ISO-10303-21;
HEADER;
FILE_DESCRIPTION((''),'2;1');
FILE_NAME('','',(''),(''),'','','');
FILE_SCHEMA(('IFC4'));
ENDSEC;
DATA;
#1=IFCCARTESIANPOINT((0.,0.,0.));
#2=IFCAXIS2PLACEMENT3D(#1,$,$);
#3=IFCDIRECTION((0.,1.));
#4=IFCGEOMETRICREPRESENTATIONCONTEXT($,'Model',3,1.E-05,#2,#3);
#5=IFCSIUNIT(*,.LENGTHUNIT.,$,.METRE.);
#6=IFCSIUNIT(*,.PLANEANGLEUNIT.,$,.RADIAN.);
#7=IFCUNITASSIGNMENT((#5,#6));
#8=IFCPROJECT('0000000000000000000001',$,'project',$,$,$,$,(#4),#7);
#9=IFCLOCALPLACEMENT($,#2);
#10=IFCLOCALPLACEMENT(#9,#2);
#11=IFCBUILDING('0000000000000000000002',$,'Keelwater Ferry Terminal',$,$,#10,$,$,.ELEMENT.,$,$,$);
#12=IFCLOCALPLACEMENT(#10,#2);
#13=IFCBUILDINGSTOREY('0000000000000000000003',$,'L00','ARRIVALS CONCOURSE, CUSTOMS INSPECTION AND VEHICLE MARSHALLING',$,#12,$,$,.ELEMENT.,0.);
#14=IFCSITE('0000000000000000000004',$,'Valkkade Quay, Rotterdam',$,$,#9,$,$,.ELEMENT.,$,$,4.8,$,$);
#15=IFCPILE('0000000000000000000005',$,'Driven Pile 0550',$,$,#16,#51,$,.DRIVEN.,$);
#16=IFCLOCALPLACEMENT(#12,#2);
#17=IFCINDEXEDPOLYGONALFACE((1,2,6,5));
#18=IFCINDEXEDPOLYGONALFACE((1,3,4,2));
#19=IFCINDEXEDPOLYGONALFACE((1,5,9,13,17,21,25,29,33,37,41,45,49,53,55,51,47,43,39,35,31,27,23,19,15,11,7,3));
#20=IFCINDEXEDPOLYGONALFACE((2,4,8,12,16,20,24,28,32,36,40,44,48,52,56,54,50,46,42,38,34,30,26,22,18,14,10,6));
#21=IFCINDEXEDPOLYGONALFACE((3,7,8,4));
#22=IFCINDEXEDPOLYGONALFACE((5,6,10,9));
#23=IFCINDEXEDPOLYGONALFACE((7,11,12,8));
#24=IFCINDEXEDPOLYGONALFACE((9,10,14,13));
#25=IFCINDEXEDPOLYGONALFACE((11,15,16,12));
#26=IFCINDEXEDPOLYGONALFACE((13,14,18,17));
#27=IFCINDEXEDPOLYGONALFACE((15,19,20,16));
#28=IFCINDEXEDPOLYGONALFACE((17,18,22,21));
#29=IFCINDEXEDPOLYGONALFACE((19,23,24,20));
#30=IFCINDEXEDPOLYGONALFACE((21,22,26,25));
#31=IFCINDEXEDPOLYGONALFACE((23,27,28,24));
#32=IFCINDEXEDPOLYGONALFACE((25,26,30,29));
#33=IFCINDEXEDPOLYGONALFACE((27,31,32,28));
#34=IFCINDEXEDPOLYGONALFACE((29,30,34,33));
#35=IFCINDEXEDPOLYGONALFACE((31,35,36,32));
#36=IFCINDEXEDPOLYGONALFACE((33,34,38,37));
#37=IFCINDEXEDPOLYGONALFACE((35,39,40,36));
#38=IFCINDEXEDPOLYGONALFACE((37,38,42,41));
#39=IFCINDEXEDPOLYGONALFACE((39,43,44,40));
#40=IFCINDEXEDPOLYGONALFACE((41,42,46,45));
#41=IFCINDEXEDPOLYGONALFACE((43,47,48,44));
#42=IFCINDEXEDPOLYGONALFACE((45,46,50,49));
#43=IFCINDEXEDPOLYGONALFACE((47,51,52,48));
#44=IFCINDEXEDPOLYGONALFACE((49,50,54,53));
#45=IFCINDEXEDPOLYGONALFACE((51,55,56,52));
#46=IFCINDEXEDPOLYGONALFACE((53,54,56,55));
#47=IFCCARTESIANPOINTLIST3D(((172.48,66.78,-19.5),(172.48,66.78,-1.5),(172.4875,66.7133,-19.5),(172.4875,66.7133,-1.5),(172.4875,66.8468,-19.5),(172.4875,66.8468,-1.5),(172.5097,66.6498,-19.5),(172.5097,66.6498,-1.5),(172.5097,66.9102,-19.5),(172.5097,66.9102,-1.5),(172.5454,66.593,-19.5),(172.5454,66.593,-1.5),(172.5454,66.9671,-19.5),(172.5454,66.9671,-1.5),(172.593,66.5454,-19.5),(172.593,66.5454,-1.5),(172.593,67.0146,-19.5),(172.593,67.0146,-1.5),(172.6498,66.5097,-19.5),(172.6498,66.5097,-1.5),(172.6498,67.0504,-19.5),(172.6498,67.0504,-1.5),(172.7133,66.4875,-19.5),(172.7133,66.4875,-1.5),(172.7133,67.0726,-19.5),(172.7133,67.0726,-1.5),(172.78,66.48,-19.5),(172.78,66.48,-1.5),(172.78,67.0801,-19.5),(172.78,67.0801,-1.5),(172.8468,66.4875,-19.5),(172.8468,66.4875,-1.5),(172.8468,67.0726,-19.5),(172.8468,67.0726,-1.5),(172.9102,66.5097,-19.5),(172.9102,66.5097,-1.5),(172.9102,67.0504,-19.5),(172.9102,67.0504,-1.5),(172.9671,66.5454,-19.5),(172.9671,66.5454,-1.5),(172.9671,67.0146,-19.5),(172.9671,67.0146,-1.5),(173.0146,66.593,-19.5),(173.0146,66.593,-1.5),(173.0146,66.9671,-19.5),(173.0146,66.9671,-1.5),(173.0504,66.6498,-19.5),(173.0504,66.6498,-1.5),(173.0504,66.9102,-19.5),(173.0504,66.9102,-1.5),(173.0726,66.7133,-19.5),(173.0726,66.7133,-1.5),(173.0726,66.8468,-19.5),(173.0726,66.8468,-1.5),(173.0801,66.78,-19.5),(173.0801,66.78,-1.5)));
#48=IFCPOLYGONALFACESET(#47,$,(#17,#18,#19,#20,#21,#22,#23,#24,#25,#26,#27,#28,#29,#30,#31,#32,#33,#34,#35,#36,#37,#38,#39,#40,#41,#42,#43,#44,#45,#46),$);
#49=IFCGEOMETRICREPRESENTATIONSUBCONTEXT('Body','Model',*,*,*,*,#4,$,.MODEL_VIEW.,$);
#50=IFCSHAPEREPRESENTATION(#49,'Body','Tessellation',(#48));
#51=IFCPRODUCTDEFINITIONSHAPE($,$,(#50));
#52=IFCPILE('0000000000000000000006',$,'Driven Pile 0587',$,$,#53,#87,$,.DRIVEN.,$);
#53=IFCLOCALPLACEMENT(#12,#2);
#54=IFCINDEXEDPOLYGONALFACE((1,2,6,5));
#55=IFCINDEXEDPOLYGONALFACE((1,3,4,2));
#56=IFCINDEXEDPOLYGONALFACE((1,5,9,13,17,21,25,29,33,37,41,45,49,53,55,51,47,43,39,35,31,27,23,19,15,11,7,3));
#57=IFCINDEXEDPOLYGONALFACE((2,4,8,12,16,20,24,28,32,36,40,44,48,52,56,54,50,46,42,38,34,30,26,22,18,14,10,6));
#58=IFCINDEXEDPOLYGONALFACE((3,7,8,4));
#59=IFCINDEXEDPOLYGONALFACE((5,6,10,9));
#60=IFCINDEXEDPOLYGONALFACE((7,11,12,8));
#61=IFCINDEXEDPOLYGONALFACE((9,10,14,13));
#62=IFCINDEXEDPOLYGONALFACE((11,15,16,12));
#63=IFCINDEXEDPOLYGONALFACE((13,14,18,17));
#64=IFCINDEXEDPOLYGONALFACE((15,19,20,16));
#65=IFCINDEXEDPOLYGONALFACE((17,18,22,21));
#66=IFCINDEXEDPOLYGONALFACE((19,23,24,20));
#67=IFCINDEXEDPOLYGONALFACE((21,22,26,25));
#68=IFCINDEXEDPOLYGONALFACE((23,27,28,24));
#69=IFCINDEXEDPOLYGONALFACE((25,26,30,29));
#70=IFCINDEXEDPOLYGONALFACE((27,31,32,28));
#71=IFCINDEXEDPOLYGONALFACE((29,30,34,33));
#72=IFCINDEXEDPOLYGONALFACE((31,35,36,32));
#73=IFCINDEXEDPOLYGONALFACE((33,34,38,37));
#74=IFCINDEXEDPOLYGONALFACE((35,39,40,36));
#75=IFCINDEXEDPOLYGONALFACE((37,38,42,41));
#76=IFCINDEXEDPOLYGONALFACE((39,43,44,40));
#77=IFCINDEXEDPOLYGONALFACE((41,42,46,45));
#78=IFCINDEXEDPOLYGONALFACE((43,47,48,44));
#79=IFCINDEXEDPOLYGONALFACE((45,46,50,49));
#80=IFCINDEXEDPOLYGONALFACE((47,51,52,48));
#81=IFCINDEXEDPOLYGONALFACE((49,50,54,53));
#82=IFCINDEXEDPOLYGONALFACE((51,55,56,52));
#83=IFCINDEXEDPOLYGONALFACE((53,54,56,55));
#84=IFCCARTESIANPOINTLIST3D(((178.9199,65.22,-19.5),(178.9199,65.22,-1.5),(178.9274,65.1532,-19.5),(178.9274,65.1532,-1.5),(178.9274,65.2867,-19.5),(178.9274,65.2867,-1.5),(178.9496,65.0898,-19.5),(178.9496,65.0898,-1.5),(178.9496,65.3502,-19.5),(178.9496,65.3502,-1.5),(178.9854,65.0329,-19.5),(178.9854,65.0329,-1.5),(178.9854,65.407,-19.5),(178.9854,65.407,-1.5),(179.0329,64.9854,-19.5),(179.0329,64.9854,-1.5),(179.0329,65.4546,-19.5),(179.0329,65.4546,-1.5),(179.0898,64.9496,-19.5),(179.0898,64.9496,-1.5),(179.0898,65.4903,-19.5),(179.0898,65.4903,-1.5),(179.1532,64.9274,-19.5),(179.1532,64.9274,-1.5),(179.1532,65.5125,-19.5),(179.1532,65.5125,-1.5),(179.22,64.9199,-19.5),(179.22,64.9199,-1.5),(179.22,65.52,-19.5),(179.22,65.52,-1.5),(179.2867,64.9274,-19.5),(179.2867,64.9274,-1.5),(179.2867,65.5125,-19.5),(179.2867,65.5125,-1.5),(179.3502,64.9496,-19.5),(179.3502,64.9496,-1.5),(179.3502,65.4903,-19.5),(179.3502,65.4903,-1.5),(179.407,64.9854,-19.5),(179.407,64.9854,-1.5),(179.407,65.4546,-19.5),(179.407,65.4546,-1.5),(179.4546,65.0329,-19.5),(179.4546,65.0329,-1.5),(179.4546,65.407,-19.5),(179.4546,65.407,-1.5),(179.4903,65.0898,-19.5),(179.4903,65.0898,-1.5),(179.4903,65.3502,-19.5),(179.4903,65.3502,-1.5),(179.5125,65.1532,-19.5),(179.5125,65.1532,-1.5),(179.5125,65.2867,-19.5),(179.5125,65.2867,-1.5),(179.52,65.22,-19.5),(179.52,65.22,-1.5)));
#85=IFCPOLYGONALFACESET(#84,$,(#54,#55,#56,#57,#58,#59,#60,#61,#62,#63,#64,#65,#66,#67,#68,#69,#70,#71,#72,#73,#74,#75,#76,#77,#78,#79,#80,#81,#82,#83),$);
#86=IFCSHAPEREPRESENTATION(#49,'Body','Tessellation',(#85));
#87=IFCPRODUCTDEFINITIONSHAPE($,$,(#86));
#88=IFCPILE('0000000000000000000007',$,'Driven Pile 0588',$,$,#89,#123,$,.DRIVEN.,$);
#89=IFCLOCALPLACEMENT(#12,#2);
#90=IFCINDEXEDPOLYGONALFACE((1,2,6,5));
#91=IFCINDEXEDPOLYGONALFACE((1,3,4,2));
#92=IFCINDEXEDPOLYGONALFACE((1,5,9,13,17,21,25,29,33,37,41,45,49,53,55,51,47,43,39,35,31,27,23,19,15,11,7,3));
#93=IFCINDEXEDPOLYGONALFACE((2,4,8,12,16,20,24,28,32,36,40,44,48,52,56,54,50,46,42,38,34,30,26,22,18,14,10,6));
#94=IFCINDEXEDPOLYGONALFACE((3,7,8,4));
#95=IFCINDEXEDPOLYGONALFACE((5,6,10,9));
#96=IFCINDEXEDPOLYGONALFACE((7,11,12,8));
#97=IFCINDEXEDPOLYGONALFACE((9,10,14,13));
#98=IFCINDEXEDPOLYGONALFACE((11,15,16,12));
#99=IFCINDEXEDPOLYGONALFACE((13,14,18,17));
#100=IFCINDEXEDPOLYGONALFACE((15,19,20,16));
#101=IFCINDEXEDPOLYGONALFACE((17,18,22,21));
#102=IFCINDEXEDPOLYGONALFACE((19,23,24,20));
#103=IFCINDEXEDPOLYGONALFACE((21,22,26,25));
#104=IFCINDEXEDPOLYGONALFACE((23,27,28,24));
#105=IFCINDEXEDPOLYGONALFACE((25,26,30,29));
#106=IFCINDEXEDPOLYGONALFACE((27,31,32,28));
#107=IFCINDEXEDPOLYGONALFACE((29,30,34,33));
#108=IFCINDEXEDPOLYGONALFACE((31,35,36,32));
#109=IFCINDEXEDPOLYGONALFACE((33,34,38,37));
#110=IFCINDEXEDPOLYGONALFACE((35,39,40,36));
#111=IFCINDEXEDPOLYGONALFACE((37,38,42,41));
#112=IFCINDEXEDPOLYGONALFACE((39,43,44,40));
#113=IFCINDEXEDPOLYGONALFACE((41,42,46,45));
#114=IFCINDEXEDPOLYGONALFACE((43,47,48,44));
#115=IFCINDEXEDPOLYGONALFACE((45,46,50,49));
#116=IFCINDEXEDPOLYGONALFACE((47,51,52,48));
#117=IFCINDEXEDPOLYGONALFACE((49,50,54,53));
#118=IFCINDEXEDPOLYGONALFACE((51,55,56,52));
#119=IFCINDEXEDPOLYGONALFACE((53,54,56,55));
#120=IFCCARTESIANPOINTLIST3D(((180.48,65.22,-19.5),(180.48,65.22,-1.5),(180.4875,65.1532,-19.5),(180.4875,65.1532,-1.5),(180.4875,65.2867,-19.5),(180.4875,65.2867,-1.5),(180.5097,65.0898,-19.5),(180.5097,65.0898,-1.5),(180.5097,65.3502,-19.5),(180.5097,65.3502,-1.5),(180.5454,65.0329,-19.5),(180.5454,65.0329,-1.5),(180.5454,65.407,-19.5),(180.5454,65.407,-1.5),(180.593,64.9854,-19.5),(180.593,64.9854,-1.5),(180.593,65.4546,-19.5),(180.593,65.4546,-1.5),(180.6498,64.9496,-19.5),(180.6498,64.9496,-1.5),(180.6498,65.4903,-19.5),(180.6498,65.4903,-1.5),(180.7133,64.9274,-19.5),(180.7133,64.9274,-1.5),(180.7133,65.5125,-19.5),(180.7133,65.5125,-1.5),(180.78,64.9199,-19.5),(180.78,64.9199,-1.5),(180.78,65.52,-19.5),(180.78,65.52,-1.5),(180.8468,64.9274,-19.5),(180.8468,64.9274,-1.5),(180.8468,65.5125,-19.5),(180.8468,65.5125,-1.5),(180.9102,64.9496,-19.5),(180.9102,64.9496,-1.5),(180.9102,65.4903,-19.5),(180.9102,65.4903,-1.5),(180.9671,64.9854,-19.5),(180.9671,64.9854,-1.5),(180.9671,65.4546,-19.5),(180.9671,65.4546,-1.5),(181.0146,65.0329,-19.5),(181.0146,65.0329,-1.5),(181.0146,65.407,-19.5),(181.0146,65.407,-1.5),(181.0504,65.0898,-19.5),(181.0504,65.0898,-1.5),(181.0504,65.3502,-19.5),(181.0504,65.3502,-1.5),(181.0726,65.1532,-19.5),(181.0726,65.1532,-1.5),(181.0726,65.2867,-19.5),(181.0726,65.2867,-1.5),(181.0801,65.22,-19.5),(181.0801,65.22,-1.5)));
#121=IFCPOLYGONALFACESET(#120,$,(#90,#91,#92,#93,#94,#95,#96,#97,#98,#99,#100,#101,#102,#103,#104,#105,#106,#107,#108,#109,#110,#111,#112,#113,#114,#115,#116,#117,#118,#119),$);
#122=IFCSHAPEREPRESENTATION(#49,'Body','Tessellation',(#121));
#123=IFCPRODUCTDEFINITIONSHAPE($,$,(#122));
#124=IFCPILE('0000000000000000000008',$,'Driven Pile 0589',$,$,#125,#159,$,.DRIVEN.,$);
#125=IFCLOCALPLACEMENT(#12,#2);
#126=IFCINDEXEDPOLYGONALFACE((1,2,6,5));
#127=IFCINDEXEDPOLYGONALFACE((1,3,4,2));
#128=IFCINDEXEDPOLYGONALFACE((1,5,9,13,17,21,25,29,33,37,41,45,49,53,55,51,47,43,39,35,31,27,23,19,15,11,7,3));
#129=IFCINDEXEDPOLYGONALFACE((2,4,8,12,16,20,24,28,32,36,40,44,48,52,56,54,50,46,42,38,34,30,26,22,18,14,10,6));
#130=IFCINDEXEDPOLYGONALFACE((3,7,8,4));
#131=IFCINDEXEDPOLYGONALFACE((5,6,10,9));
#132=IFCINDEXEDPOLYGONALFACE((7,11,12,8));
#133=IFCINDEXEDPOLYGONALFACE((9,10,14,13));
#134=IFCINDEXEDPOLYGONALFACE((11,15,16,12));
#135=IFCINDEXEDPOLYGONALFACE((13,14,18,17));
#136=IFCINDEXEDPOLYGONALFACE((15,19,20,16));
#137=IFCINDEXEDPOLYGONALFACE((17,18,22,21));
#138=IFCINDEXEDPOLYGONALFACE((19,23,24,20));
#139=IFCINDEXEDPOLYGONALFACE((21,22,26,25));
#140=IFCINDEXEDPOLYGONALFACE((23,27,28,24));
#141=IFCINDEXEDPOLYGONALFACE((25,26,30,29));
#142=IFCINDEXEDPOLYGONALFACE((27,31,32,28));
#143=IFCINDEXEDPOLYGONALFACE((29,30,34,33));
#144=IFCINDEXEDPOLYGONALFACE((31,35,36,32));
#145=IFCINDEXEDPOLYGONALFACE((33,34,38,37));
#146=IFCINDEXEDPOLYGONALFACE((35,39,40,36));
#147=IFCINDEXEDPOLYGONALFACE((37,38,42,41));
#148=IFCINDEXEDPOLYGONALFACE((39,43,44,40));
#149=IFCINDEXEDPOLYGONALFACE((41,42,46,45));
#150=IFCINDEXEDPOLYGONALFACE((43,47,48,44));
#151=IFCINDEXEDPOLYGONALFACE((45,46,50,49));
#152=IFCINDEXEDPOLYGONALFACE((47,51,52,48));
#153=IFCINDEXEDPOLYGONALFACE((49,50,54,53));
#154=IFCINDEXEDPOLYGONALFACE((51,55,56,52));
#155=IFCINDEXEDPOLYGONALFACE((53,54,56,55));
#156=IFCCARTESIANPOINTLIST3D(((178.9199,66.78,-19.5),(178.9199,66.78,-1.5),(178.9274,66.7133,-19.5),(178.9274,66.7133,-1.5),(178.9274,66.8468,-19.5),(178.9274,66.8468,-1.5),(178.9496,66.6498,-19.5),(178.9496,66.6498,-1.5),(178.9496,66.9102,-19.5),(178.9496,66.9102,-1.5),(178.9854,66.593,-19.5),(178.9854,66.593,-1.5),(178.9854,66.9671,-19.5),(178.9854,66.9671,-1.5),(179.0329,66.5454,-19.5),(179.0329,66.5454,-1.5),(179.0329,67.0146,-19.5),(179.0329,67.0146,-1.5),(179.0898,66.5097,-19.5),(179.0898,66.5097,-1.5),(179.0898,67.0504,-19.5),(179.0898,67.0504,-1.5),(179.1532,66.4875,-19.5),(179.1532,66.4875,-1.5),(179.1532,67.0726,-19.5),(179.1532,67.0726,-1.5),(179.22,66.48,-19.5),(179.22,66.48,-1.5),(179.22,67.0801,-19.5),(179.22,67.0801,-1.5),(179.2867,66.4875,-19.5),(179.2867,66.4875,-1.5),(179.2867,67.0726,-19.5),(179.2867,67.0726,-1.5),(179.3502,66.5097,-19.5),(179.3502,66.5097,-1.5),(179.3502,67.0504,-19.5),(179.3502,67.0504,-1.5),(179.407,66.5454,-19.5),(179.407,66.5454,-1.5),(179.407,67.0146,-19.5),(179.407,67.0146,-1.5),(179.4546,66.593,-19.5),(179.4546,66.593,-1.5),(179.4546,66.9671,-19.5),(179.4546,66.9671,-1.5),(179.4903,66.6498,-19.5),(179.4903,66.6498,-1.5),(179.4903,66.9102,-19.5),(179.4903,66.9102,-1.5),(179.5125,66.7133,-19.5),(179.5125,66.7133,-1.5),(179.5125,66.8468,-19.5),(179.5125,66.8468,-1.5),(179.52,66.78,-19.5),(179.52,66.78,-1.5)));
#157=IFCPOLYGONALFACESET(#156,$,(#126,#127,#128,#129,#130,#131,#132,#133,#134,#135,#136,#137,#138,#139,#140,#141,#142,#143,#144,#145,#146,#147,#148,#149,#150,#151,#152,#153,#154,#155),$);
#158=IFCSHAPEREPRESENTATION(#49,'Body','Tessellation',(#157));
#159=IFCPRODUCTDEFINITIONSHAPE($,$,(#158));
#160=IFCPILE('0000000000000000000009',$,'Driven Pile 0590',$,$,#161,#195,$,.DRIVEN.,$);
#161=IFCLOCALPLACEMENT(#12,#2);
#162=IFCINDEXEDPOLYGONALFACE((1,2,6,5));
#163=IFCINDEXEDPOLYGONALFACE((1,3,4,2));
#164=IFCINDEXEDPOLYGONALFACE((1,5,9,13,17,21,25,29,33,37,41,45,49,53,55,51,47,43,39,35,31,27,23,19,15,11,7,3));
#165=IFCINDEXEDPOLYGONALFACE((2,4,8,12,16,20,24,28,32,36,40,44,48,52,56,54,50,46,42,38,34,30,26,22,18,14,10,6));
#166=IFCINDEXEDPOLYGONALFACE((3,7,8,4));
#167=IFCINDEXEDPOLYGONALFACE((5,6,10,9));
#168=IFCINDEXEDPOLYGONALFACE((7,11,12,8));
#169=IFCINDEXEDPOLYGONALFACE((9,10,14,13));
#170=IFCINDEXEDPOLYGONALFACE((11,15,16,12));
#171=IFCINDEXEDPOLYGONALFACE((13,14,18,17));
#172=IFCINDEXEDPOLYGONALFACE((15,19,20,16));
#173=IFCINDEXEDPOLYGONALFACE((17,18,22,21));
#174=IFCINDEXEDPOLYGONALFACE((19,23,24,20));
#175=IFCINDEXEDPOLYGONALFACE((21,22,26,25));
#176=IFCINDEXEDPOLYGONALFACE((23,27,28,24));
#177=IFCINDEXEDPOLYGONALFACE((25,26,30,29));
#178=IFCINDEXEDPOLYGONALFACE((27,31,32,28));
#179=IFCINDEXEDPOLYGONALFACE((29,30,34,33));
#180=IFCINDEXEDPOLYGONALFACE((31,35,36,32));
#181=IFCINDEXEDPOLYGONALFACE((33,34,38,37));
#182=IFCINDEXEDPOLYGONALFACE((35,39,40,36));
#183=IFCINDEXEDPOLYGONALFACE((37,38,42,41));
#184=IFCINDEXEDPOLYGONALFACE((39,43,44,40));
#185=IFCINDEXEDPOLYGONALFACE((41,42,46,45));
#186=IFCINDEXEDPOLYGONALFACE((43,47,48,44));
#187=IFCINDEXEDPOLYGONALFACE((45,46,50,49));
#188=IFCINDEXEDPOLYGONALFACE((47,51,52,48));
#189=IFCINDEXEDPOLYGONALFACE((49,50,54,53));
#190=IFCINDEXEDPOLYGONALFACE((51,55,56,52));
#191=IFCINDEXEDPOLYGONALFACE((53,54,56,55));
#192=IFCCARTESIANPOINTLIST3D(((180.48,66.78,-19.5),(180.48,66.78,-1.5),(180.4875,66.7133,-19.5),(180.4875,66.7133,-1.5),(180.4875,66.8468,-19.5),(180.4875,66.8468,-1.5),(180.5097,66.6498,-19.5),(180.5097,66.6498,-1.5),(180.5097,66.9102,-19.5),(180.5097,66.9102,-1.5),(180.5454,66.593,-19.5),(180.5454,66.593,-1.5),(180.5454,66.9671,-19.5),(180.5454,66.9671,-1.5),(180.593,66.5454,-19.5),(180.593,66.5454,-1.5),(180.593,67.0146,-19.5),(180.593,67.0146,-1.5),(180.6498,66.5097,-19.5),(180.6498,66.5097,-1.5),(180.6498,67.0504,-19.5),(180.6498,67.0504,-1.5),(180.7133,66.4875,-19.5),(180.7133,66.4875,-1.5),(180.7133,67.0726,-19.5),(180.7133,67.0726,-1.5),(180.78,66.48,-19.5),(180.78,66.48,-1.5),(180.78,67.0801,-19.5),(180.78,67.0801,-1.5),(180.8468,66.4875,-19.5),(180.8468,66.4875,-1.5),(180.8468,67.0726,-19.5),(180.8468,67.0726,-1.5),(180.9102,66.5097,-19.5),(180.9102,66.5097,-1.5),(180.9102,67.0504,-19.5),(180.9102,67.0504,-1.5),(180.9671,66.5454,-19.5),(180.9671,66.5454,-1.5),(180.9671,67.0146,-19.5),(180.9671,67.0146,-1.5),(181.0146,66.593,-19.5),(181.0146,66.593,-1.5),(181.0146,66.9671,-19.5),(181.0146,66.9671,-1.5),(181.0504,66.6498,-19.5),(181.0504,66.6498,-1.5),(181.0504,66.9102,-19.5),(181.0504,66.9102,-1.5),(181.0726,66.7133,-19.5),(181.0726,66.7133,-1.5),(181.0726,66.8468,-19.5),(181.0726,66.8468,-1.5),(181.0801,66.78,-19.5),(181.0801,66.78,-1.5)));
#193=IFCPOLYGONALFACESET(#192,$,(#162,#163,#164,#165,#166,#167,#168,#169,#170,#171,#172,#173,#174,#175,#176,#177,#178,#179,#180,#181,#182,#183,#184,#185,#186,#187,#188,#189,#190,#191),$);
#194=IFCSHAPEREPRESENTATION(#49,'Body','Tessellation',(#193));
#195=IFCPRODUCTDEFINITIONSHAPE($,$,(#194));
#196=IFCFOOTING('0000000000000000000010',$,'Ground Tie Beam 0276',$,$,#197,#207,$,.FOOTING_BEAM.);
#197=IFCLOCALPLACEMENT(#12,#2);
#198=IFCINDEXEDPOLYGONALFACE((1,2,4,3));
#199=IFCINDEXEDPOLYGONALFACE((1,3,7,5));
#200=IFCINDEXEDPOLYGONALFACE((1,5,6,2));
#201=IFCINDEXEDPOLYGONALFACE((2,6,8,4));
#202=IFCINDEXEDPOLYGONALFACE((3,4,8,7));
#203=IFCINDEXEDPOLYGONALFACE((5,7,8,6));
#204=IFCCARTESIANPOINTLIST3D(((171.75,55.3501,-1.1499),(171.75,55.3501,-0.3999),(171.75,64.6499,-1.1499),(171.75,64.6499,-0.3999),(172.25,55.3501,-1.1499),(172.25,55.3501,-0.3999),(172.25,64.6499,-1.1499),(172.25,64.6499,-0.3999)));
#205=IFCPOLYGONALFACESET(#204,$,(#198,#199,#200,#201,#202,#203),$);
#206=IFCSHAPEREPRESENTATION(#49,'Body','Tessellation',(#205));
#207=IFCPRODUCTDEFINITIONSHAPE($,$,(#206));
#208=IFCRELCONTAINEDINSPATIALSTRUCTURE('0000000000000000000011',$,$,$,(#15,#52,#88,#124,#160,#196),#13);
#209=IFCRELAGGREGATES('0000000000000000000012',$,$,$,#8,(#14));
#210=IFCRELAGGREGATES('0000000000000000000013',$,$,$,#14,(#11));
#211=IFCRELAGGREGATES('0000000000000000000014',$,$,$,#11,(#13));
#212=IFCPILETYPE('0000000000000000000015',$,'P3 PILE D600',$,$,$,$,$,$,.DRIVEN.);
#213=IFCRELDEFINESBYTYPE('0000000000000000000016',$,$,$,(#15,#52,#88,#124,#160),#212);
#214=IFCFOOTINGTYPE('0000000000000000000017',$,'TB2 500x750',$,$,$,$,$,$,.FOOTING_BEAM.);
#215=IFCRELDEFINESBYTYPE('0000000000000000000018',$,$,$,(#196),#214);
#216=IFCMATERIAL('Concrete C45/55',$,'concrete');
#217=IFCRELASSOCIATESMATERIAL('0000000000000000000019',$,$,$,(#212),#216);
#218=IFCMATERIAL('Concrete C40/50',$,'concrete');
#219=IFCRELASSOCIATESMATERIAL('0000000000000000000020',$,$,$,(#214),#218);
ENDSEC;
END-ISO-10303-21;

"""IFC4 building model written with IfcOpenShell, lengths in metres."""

from ifc_helpers import new_model, si_unit, direction, frame, origin, origin_2d, place, context, subcontext, project, spatial, rectangle, circle, extrude, material, material_profile, profile_set, type_object, element, save


model = new_model("IFC4")

# Units and contexts
model_context = context("Model", 3, precision=1e-05, world=origin(), true_north=direction((0.0, 1.0)))
body_context = subcontext(model_context, "Body", "Model", "MODEL_VIEW")
ifc_project = project(units=[si_unit("LENGTHUNIT", "METRE"), si_unit("PLANEANGLEUNIT", "RADIAN")], contexts=[model_context])

# Site, building, storey
site_placement = place(None, origin())
site = spatial("IfcSite", under=ifc_project, at=site_placement, Name="Valkkade Quay, Rotterdam", CompositionType="ELEMENT", RefElevation=4.8)
building_placement = place(site_placement, origin())
building = spatial("IfcBuilding", under=site, at=building_placement, Name="Keelwater Ferry Terminal", CompositionType="ELEMENT")
storey_placement = place(building_placement, origin())
storey = spatial("IfcBuildingStorey", under=building, at=storey_placement, Name="L00", Description="ARRIVALS CONCOURSE, CUSTOMS INSPECTION AND VEHICLE MARSHALLING", CompositionType="ELEMENT", Elevation=0.0)

# Piles
ifc_material_1 = material(Name="Concrete C45/55", Category="concrete")
ifc_material_profile_1 = material_profile(ifc_material_1, circle(Radius=0.3, at=origin_2d()), Name="PILE D600")
ifc_profile_set_1 = profile_set([ifc_material_profile_1], Name="Concrete C45/55")
pile_type_1 = type_object("IfcPileType", Name="P3 PILE D600", PredefinedType="DRIVEN", material=ifc_profile_set_1)
for number, where, z_axis, x_axis, name in (
    (1, (172.78, 66.78, -1.5), (0.0, 0.0, -1.0), (1.0, 0.0, 0.0), "Driven Pile 0550"),
    (2, (179.22, 65.22, -1.5), (0.0, 0.0, -1.0), (1.0, 0.0, 0.0), "Driven Pile 0587"),
    (3, (180.78, 65.22, -1.5), (0.0, 0.0, -1.0), (1.0, 0.0, 0.0), "Driven Pile 0588"),
    (4, (179.22, 66.78, -1.5), (0.0, 0.0, -1.0), (1.0, 0.0, 0.0), "Driven Pile 0589"),
    (5, (180.78, 66.78, -1.5), (0.0, 0.0, -1.0), (1.0, 0.0, 0.0), "Driven Pile 0590"),
):
    element("IfcPile", number, at=place(storey_placement, frame(where, z_axis=z_axis, x_axis=x_axis)), inside=storey, type_object=pile_type_1, Name=name, PredefinedType="DRIVEN", context=body_context, shape_type="SweptSolid", body=[
        extrude(circle(Radius=0.3, at=origin_2d()), origin(), (0.0, 0.0, 1.0), 18.0),
    ])

# Footing
ifc_material_2 = material(Name="Concrete C40/50", Category="concrete")
ifc_material_profile_2 = material_profile(ifc_material_2, rectangle(XDim=0.5, YDim=0.75, at=origin_2d()), Name="TB 500x750")
ifc_profile_set_2 = profile_set([ifc_material_profile_2], Name="Concrete C40/50")
footing_type_1 = type_object("IfcFootingType", Name="TB2 500x750", PredefinedType="FOOTING_BEAM", material=ifc_profile_set_2)
for number, where, z_axis, x_axis, name in (
    (6, (172.0, 55.3501, -0.7749), (0.0, 1.0, 0.0), (-1.0, 0.0, 0.0), "Ground Tie Beam 0276"),
):
    element("IfcFooting", number, at=place(storey_placement, frame(where, z_axis=z_axis, x_axis=x_axis)), inside=storey, type_object=footing_type_1, Name=name, PredefinedType="FOOTING_BEAM", context=body_context, shape_type="SweptSolid", body=[
        extrude(rectangle(XDim=0.5, YDim=0.75, at=origin_2d()), origin(), (0.0, 0.0, 1.0), 9.2998),
    ])

save(model, "model.ifc")
